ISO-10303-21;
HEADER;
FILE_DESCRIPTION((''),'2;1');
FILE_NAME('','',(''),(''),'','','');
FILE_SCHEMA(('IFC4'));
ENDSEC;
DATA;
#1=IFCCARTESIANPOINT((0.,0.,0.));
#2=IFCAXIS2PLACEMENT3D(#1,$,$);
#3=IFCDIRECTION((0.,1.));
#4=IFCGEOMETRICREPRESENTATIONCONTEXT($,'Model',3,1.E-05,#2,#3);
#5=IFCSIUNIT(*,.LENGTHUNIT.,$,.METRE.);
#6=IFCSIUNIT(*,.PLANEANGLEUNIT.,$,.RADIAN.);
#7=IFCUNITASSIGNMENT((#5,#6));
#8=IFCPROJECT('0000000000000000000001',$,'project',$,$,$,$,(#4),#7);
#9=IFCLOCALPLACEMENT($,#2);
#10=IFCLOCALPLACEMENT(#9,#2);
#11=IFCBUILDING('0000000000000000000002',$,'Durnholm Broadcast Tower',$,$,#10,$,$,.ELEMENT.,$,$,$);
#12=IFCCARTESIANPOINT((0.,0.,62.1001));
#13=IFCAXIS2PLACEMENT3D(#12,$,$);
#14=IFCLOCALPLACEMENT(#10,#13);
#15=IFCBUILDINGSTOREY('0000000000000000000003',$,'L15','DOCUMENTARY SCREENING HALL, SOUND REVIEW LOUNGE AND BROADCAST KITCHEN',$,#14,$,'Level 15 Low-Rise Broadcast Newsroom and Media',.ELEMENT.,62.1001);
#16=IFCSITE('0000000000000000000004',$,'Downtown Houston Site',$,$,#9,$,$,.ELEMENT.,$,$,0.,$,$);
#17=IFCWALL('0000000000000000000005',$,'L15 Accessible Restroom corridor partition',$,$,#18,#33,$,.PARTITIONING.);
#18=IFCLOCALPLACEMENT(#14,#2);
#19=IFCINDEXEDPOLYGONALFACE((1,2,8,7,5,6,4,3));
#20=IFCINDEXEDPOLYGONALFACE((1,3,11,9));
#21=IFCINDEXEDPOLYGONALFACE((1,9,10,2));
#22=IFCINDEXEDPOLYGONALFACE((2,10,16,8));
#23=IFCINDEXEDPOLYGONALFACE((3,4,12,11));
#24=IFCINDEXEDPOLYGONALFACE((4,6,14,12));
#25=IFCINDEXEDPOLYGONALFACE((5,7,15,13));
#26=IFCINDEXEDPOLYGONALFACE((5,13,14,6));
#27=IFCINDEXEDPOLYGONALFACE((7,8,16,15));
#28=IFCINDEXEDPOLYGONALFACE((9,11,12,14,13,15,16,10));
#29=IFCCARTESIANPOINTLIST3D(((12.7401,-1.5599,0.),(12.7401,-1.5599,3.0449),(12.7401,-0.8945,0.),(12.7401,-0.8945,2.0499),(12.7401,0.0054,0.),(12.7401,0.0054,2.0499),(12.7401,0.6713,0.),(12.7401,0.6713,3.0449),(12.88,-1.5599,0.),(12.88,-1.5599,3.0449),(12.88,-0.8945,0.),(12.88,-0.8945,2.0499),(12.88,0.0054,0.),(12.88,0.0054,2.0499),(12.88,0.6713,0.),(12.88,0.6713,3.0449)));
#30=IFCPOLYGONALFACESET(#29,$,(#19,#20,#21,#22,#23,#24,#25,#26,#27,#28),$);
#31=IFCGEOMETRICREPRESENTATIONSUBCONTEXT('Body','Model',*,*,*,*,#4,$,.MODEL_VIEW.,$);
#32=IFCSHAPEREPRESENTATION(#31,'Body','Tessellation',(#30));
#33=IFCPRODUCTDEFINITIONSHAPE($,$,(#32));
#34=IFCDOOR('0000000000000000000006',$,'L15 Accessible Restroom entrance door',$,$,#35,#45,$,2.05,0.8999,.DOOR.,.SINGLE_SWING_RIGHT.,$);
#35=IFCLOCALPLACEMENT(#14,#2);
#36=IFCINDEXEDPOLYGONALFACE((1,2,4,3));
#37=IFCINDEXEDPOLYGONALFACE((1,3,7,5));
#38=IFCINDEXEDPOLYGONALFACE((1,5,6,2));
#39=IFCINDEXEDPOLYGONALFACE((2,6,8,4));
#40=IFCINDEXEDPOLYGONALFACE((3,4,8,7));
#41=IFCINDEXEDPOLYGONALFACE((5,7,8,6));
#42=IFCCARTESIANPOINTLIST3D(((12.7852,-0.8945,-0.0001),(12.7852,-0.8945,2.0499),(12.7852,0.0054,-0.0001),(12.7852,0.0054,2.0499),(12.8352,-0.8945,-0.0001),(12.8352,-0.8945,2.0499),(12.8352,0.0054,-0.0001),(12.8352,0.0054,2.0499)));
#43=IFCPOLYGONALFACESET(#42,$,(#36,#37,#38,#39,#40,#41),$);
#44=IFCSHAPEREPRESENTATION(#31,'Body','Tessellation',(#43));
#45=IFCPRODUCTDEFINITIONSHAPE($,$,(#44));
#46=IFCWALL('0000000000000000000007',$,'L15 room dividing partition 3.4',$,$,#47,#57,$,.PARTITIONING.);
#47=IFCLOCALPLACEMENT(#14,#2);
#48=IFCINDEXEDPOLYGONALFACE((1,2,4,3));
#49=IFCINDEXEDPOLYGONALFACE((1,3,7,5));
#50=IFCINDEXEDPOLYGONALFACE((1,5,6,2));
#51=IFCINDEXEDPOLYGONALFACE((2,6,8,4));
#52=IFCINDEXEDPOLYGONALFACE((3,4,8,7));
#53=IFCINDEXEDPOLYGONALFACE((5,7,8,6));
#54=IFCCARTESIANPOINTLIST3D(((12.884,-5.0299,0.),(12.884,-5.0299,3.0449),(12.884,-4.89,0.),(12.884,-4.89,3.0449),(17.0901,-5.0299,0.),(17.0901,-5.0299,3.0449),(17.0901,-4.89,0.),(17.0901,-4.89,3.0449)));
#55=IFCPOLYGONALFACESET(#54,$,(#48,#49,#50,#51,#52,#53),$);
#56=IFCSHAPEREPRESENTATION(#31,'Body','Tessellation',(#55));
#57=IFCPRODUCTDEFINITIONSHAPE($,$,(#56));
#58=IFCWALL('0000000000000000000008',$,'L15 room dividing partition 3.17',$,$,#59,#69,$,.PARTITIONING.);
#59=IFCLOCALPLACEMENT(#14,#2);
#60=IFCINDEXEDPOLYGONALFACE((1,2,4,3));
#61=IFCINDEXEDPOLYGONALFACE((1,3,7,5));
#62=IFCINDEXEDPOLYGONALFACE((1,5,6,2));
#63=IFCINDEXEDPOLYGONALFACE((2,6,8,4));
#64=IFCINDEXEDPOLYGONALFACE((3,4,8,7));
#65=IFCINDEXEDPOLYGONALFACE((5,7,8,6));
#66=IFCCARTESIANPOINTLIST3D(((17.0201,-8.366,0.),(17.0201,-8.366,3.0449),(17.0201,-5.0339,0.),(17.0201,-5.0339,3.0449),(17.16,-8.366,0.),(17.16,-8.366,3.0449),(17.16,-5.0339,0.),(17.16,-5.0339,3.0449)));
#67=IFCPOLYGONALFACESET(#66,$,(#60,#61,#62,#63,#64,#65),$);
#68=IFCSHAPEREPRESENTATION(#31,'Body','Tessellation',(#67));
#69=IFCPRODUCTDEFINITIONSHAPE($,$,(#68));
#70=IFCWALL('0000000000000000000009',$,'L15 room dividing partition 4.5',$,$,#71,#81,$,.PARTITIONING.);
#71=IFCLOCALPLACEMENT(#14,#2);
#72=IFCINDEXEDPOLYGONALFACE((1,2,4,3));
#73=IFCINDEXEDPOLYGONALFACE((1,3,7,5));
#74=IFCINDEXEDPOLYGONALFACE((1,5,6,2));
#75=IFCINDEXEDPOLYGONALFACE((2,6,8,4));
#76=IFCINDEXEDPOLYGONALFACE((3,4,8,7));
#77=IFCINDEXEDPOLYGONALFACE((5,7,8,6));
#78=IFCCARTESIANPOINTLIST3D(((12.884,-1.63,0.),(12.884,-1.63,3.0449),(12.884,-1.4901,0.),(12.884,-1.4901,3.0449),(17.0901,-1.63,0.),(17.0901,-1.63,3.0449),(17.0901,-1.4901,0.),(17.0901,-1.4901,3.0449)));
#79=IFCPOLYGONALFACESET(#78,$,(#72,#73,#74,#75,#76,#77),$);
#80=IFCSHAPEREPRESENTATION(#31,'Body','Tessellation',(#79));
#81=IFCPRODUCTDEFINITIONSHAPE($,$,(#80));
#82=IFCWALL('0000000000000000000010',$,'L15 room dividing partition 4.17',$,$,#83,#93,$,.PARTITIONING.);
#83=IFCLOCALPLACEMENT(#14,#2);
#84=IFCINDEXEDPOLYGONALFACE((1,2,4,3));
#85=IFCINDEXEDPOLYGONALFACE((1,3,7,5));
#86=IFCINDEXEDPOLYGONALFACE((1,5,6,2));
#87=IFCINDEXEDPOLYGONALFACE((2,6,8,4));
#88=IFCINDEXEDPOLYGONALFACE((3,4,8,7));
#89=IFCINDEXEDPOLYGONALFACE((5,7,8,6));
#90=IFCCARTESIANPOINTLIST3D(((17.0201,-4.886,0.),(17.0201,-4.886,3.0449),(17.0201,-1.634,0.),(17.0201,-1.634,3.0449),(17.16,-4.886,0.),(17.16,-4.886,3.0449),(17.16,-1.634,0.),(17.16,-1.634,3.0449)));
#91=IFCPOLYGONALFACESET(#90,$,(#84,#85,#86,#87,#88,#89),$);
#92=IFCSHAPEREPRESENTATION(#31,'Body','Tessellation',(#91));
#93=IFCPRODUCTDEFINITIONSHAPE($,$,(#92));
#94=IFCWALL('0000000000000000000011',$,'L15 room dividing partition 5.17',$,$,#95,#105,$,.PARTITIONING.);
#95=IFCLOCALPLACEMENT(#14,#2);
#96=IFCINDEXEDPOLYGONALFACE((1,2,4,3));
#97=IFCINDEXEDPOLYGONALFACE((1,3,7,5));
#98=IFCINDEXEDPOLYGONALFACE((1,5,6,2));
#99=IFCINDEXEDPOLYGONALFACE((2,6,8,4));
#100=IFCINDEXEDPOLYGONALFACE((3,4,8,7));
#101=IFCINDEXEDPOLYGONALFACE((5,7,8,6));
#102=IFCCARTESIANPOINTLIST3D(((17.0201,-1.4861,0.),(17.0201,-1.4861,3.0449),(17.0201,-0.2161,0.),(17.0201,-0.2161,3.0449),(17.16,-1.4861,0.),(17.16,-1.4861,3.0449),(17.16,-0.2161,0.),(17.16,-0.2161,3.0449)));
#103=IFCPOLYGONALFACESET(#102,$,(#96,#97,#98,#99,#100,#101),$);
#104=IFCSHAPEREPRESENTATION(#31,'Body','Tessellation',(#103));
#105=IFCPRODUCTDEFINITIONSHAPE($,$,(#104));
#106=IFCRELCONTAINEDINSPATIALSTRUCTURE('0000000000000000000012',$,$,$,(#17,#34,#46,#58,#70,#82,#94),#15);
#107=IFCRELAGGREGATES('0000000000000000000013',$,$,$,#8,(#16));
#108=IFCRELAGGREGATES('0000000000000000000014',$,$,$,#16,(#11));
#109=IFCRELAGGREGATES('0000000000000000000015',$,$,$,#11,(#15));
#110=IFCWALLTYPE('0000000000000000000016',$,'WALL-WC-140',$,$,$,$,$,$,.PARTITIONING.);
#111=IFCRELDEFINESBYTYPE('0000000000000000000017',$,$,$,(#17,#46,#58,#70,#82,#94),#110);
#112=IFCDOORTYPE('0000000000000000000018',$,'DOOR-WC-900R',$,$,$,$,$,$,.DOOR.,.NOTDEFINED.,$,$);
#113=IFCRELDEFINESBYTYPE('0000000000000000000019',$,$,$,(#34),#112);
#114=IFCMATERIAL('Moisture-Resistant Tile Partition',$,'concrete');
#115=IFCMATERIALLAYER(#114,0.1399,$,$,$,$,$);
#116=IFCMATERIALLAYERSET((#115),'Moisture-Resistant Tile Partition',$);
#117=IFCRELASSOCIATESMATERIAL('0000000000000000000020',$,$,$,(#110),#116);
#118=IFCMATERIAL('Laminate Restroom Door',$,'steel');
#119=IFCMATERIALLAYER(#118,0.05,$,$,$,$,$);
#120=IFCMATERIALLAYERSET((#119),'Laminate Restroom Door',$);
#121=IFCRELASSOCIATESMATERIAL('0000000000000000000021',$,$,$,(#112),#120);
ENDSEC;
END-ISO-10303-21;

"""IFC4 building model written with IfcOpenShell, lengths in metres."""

from ifc_helpers import new_model, si_unit, direction, frame, frame_2d, origin, place, context, subcontext, project, spatial, rectangle, extrude, source, transform, mapped, material, layer, layer_set, type_object, type_shapes, element, fill, save


model = new_model("IFC4")

# Units and contexts
model_context = context("Model", 3, precision=1e-05, world=origin(), true_north=direction((0.0, 1.0)))
body_context = subcontext(model_context, "Body", "Model", "MODEL_VIEW")
ifc_project = project(units=[si_unit("LENGTHUNIT", "METRE"), si_unit("PLANEANGLEUNIT", "RADIAN")], contexts=[model_context])

# Site, building, storey
site_placement = place(None, origin())
site = spatial("IfcSite", under=ifc_project, at=site_placement, Name="Downtown Houston Site", CompositionType="ELEMENT", RefElevation=0.0)
building_placement = place(site_placement, origin())
building = spatial("IfcBuilding", under=site, at=building_placement, Name="Durnholm Broadcast Tower", CompositionType="ELEMENT")
storey_placement = place(building_placement, frame((0.0, 0.0, 62.1001)))
storey = spatial("IfcBuildingStorey", under=building, at=storey_placement, Name="L15", Description="DOCUMENTARY SCREENING HALL, SOUND REVIEW LOUNGE AND BROADCAST KITCHEN", LongName="Level 15 Low-Rise Broadcast Newsroom and Media", CompositionType="ELEMENT", Elevation=62.1001)

# Shared definitions
ifc_material_1 = material(Name="Laminate Restroom Door", Category="steel")

# Wall, opening, door
ifc_material_2 = material(Name="Moisture-Resistant Tile Partition", Category="concrete")
ifc_layer_1 = layer(ifc_material_2, 0.1399)
ifc_layer_set_1 = layer_set([ifc_layer_1], Name="Moisture-Resistant Tile Partition")
wall_type_1 = type_object("IfcWallType", Name="WALL-WC-140", PredefinedType="PARTITIONING", material=ifc_layer_set_1)
wall_1_placement = place(storey_placement, frame((12.8101, -1.5601, 0.0), z_axis=(0.0, 0.0, 1.0), x_axis=(0.0, 1.0, 0.0)))
wall_1 = element("IfcWall", 1, at=wall_1_placement, inside=storey, type_object=wall_type_1, Name="L15 Accessible Restroom corridor partition", PredefinedType="PARTITIONING", context=body_context, shape_type="SweptSolid", body=[
    extrude(rectangle(XDim=2.2312, YDim=0.1399, at=frame_2d((1.1157, 0.0))), origin(), (0.0, 0.0, 1.0), 3.0449),
])
opening_1_placement = place(wall_1_placement, frame((0.6655, 0.0, 0.0)))
opening_1 = element("IfcOpeningElement", 2, at=opening_1_placement, cuts=wall_1, PredefinedType="OPENING", context=body_context, shape_type="SweptSolid", body=[
    extrude(rectangle(XDim=0.8999, YDim=2.05, at=frame_2d((0.45, 1.0249))), frame((0.0, 0.0801, 0.0), z_axis=(0.0, -1.0, 0.0), x_axis=(1.0, 0.0, 0.0)), (0.0, 0.0, 1.0), 0.1599),
])
ifc_layer_2 = layer(ifc_material_1, 0.05)
ifc_layer_set_2 = layer_set([ifc_layer_2], Name="Laminate Restroom Door")
door_type_1 = type_object("IfcDoorType", Name="DOOR-WC-900R", OperationType="NOTDEFINED", PredefinedType="DOOR", material=ifc_layer_set_2)
shared_shape_1 = source(origin(), body_context, "Body", "SweptSolid", [
    extrude(rectangle(XDim=0.8999, YDim=2.05, at=frame_2d((0.45, 1.0249))), frame((0.0, 0.0249, 0.0), z_axis=(0.0, -1.0, 0.0), x_axis=(1.0, 0.0, 0.0)), (0.0, 0.0, 1.0), 0.05),
])
type_shapes(door_type_1, [shared_shape_1])
door_1_placement = place(opening_1_placement, origin())
door_1 = element("IfcDoor", 3, at=door_1_placement, inside=storey, type_object=door_type_1, Name="L15 Accessible Restroom entrance door", OperationType="SINGLE_SWING_RIGHT", OverallHeight=2.05, OverallWidth=0.8999, PredefinedType="DOOR", context=body_context, shape_type="MappedRepresentation", body=[
    mapped(shared_shape_1, transform((0.0, 0.0, 0.0), x_axis=(1.0, 0.0, 0.0), y_axis=(0.0, 1.0, 0.0), z_axis=(0.0, 0.0, 1.0), scale=1.0)),
])
fill(opening_1, door_1)

# Walls
wall_2_placement = place(storey_placement, frame((12.884, -4.96, 0.0), z_axis=(0.0, 0.0, 1.0), x_axis=(1.0, 0.0, 0.0)))
element("IfcWall", 4, at=wall_2_placement, inside=storey, type_object=wall_type_1, Name="L15 room dividing partition 3.4", PredefinedType="PARTITIONING", context=body_context, shape_type="SweptSolid", body=[
    extrude(rectangle(XDim=4.2061, YDim=0.1399, at=frame_2d((2.103, 0.0))), origin(), (0.0, 0.0, 1.0), 3.0449),
])
wall_3_placement = place(storey_placement, frame((17.0901, -5.0339, 0.0), z_axis=(0.0, 0.0, 1.0), x_axis=(0.0, -1.0, 0.0)))
element("IfcWall", 5, at=wall_3_placement, inside=storey, type_object=wall_type_1, Name="L15 room dividing partition 3.17", PredefinedType="PARTITIONING", context=body_context, shape_type="SweptSolid", body=[
    extrude(rectangle(XDim=3.332, YDim=0.1399, at=frame_2d((1.666, 0.0))), origin(), (0.0, 0.0, 1.0), 3.0449),
])
wall_4_placement = place(storey_placement, frame((12.884, -1.5601, 0.0), z_axis=(0.0, 0.0, 1.0), x_axis=(1.0, 0.0, 0.0)))
element("IfcWall", 6, at=wall_4_placement, inside=storey, type_object=wall_type_1, Name="L15 room dividing partition 4.5", PredefinedType="PARTITIONING", context=body_context, shape_type="SweptSolid", body=[
    extrude(rectangle(XDim=4.2061, YDim=0.1399, at=frame_2d((2.103, 0.0))), origin(), (0.0, 0.0, 1.0), 3.0449),
])
wall_5_placement = place(storey_placement, frame((17.0901, -1.634, 0.0), z_axis=(0.0, 0.0, 1.0), x_axis=(0.0, -1.0, 0.0)))
element("IfcWall", 7, at=wall_5_placement, inside=storey, type_object=wall_type_1, Name="L15 room dividing partition 4.17", PredefinedType="PARTITIONING", context=body_context, shape_type="SweptSolid", body=[
    extrude(rectangle(XDim=3.252, YDim=0.1399, at=frame_2d((1.626, 0.0))), origin(), (0.0, 0.0, 1.0), 3.0449),
])
wall_6_placement = place(storey_placement, frame((17.0901, -0.2161, 0.0), z_axis=(0.0, 0.0, 1.0), x_axis=(0.0, -1.0, 0.0)))
element("IfcWall", 8, at=wall_6_placement, inside=storey, type_object=wall_type_1, Name="L15 room dividing partition 5.17", PredefinedType="PARTITIONING", context=body_context, shape_type="SweptSolid", body=[
    extrude(rectangle(XDim=1.27, YDim=0.1399, at=frame_2d((0.635, 0.0))), origin(), (0.0, 0.0, 1.0), 3.0449),
])

save(model, "model.ifc")
